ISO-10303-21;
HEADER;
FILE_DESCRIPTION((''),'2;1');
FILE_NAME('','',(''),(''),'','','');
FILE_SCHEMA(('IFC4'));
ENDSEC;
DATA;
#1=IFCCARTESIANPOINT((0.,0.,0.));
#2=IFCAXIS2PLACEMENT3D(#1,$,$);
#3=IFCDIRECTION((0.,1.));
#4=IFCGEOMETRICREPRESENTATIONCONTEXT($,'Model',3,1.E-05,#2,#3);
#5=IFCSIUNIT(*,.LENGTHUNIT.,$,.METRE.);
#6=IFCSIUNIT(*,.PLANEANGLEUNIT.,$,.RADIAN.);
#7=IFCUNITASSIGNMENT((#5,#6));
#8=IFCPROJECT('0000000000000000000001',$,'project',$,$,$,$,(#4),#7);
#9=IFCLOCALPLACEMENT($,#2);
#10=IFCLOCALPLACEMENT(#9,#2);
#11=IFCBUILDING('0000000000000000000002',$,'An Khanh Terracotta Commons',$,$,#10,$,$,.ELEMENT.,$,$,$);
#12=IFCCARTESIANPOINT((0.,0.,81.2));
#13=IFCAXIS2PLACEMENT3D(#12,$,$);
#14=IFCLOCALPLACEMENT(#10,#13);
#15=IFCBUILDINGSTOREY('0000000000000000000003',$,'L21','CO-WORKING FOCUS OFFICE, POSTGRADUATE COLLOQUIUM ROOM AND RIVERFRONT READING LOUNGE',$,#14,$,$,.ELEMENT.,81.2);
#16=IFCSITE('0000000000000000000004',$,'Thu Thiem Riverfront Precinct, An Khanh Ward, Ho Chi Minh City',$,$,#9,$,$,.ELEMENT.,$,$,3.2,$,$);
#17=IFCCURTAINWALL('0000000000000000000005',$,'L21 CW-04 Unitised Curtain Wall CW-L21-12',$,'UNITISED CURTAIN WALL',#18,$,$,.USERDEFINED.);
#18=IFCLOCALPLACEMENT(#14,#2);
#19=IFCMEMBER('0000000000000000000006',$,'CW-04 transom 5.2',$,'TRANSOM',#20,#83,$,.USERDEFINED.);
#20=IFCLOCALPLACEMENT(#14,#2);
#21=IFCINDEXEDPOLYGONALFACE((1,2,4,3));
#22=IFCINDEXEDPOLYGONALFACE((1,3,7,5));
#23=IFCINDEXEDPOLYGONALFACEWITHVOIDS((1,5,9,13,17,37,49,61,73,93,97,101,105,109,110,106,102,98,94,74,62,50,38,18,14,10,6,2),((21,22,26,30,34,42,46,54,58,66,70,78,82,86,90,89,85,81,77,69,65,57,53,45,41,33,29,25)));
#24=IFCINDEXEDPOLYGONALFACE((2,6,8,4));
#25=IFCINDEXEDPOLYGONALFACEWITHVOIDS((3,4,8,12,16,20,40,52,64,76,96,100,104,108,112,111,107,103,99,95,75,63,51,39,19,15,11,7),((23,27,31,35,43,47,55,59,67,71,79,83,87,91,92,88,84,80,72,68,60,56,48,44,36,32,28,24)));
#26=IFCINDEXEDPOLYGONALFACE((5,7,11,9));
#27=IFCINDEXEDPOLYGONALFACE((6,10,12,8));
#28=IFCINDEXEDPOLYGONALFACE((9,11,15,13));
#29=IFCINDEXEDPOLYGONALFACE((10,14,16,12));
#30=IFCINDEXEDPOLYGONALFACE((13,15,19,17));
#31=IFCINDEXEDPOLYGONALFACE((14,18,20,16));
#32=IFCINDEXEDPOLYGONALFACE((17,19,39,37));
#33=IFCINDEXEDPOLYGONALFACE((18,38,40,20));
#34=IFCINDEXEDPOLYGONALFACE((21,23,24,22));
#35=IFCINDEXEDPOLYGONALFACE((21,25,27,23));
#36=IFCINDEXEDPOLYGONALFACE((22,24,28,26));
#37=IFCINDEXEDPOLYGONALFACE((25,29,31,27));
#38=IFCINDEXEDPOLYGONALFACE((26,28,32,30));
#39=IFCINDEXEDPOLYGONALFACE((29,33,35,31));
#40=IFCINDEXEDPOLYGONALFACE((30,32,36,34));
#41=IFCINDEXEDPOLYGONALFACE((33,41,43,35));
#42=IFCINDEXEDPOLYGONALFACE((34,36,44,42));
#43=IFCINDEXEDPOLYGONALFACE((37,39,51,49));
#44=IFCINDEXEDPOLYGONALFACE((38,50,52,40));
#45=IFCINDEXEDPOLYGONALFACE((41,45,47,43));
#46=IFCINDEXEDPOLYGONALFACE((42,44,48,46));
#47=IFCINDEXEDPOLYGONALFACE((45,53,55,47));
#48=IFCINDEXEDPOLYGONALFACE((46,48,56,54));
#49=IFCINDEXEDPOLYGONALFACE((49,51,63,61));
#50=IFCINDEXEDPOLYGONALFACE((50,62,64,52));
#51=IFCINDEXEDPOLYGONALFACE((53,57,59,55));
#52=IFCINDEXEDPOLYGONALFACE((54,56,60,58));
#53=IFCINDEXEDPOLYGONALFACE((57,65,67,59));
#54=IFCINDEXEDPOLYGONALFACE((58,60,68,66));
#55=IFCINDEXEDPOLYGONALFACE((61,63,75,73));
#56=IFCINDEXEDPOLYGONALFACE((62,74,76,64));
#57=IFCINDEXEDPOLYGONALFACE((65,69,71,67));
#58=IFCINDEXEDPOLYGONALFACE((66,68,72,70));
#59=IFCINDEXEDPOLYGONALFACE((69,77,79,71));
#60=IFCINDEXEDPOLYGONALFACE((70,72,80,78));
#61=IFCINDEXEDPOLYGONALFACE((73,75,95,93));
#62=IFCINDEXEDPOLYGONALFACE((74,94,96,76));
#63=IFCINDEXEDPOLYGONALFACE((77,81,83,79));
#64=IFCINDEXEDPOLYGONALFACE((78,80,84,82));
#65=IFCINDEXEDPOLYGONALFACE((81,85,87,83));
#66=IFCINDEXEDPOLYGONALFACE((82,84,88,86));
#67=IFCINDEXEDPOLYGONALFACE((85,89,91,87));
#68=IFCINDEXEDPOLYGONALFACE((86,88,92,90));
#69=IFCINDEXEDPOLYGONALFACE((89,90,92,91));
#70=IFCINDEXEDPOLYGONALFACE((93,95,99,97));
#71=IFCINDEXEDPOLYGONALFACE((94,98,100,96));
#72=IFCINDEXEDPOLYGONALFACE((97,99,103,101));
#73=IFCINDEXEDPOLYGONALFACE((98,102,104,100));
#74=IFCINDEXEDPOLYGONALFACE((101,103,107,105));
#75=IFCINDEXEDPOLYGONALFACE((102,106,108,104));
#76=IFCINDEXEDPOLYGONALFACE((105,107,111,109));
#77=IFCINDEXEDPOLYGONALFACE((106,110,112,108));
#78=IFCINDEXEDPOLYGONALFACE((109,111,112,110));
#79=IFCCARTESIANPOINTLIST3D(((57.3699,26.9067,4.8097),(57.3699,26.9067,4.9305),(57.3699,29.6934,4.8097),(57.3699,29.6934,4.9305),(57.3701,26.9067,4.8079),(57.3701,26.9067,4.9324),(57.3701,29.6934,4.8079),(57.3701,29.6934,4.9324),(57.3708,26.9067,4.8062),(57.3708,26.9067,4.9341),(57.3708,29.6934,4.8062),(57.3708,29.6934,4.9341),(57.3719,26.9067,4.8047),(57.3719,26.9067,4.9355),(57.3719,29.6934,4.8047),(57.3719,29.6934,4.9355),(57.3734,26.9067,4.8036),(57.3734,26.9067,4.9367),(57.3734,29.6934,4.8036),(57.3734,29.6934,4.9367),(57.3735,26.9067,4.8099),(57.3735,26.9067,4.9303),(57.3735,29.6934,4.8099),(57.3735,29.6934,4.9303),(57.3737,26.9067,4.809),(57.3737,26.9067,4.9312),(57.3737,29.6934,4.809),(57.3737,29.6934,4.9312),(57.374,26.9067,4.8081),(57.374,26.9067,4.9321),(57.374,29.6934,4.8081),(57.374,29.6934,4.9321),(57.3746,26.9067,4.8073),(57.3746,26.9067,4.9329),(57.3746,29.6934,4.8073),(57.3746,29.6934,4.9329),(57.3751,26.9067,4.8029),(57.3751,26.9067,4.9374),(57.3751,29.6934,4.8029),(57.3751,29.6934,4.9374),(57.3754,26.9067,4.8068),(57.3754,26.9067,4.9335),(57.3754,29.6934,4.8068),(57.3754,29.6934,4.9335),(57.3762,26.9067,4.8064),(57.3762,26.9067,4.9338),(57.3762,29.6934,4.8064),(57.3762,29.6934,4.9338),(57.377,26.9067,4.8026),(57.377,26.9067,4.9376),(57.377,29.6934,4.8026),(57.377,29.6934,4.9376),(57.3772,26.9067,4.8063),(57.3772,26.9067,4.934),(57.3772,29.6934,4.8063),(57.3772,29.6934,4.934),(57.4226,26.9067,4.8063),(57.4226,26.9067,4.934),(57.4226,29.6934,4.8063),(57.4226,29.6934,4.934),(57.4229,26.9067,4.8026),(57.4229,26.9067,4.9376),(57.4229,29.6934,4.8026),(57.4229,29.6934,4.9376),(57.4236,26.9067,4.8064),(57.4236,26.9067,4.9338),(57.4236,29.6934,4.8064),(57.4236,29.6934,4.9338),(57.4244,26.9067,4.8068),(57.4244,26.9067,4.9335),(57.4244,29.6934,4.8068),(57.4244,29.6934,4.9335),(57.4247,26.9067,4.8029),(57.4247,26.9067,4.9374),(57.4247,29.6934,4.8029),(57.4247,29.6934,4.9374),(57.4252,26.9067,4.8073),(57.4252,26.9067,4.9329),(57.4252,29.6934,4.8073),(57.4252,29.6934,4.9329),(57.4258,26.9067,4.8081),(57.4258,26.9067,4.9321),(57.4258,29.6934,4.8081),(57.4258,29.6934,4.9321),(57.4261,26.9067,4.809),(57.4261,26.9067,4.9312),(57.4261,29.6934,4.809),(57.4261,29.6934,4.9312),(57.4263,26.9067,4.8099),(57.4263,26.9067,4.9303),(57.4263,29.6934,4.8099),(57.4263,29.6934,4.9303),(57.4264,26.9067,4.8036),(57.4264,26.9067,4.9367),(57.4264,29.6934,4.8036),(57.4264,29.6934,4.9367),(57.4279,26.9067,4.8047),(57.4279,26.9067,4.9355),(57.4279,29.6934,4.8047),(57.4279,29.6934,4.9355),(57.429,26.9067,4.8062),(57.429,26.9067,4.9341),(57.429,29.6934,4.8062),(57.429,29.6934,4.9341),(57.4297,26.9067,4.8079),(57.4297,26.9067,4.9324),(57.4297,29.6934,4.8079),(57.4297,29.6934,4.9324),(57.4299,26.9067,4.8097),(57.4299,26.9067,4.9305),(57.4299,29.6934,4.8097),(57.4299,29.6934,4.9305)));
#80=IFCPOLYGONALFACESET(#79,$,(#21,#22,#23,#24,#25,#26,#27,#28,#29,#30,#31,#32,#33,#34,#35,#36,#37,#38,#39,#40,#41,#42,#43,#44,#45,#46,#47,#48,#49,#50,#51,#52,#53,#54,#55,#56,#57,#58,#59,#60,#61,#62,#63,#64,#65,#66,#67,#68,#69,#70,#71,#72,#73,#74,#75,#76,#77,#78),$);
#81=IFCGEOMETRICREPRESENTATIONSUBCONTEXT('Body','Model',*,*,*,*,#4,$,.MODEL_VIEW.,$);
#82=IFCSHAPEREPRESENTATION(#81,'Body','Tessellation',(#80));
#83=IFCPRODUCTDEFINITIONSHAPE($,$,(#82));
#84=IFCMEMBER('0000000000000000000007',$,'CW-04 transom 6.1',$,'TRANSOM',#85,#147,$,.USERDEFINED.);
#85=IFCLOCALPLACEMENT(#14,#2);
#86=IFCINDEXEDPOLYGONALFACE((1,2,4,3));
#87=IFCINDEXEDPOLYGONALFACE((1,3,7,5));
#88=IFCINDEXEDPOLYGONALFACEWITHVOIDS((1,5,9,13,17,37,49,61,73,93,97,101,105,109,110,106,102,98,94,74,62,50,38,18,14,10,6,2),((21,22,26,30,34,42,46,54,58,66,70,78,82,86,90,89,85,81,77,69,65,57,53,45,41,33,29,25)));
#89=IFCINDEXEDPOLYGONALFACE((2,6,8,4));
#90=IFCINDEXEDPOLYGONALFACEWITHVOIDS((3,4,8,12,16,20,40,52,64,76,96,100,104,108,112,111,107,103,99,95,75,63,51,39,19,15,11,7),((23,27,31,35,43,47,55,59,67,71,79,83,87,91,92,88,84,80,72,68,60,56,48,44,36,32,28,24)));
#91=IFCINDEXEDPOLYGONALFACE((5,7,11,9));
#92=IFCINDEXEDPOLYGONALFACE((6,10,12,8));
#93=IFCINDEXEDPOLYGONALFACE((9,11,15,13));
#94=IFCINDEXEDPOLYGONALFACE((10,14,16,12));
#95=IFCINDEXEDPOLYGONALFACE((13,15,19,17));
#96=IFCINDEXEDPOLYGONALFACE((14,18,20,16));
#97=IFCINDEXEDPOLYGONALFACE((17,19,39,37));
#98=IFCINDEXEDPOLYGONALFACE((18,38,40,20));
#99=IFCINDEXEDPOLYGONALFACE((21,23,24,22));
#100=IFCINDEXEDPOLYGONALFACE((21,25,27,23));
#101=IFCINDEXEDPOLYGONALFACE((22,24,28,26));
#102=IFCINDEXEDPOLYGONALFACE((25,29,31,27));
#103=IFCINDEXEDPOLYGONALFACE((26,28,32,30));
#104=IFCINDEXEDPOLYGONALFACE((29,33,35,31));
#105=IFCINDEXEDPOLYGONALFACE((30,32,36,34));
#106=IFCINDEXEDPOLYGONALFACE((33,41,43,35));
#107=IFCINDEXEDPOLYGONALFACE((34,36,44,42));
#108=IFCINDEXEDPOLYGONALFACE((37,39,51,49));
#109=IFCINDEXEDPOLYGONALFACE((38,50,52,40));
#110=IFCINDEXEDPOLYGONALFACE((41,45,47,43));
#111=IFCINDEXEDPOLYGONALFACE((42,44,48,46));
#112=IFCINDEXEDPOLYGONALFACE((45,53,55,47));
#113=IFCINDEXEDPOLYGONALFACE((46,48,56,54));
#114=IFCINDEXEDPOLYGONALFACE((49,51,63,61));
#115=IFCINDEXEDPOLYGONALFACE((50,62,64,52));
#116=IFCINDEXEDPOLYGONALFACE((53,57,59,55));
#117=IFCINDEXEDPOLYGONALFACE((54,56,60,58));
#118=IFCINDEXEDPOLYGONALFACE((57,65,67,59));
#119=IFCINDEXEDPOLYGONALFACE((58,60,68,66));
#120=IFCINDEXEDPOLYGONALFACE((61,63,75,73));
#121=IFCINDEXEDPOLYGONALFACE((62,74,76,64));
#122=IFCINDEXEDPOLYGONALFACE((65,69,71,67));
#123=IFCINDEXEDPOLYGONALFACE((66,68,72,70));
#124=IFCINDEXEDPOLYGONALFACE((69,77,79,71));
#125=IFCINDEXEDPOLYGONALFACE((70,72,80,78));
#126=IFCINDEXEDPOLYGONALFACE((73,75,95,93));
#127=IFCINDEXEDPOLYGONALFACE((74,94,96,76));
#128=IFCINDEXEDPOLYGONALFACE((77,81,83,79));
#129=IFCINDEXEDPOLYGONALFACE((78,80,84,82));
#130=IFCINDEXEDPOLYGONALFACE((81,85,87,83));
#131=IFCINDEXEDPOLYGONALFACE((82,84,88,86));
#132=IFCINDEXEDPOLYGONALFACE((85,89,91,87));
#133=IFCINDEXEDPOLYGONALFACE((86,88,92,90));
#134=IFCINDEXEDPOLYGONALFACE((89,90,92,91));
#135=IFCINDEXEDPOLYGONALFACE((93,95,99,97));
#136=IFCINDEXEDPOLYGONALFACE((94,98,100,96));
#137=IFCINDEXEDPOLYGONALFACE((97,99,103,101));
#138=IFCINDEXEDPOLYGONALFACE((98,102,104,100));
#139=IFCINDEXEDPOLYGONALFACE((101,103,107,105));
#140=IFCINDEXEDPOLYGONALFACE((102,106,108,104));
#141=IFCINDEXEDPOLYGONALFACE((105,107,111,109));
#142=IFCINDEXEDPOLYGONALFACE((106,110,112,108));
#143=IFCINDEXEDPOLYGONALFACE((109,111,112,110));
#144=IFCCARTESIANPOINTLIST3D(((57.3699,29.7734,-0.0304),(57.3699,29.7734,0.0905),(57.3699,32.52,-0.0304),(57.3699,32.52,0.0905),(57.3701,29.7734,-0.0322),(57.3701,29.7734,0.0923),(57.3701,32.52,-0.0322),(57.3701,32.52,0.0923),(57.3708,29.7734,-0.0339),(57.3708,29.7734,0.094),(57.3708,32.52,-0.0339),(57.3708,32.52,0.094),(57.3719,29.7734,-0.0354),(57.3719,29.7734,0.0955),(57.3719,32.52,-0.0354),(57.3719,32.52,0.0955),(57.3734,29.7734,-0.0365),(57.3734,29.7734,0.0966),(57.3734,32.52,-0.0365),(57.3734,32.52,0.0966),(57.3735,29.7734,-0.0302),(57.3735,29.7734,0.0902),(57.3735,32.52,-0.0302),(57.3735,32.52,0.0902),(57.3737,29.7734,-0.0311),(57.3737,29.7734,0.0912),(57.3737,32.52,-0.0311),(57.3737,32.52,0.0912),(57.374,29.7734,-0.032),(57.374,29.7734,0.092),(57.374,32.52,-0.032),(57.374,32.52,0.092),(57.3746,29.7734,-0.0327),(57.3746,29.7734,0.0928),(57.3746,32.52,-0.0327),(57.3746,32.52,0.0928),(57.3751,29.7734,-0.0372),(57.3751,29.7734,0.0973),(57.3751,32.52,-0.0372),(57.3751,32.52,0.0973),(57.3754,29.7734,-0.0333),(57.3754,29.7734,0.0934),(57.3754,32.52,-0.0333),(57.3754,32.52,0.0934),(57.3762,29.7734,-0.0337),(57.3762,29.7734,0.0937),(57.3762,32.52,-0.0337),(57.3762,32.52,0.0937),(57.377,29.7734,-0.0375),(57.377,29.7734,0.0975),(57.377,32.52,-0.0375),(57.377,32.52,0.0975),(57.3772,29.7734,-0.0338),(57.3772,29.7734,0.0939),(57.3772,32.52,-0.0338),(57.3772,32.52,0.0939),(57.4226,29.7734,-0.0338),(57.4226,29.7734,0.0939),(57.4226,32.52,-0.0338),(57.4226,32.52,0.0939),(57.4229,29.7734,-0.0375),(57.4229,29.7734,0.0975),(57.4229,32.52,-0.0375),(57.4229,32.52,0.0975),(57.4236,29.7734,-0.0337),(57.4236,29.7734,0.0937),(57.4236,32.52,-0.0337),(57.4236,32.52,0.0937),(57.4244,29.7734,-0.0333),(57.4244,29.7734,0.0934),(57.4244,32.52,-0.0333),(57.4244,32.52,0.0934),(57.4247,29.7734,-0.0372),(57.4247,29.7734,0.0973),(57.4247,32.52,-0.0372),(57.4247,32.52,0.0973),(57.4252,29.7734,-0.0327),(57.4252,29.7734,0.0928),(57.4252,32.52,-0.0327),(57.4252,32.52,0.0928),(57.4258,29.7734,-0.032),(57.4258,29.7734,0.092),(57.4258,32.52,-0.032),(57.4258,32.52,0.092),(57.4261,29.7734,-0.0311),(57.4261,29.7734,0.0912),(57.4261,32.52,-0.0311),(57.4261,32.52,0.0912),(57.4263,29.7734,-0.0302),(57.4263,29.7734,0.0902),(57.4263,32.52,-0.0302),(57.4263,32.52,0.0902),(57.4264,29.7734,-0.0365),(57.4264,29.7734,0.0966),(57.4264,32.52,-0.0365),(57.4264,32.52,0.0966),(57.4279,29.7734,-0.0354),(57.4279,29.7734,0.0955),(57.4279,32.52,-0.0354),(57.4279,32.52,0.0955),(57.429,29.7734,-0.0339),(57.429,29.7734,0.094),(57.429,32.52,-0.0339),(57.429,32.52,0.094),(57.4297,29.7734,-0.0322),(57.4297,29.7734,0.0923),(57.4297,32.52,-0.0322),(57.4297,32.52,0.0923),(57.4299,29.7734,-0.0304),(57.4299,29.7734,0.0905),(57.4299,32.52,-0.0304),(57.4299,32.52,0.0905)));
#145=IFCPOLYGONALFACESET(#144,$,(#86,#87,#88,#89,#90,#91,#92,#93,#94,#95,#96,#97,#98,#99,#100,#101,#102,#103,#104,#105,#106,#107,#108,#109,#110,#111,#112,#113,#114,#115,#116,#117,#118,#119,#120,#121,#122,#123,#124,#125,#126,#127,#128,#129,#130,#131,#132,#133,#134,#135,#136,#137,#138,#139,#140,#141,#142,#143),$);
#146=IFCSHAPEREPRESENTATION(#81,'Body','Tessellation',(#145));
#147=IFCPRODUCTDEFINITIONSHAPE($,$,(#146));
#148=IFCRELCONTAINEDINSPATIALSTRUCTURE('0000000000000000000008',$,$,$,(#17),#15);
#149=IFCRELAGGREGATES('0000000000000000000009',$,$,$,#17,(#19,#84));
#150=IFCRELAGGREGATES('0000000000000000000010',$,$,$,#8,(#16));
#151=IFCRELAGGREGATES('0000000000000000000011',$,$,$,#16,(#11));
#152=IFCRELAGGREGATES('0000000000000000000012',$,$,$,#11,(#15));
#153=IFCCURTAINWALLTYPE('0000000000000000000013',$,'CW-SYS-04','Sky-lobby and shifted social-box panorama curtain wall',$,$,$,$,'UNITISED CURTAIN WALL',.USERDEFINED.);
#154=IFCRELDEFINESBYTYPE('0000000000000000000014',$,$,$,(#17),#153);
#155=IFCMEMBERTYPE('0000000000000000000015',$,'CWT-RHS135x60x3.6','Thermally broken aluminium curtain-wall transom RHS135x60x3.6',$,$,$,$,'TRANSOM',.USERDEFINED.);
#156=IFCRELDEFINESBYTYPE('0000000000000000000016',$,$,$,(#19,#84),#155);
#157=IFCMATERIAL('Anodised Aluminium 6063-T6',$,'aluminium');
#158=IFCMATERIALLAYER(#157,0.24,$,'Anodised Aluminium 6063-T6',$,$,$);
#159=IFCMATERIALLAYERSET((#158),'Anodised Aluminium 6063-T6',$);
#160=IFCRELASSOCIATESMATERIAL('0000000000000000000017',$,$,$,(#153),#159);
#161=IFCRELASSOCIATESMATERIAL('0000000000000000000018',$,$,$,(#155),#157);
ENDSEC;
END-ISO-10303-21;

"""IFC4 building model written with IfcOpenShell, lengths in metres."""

from ifc_helpers import new_model, si_unit, direction, frame, origin, origin_2d, place, context, subcontext, project, spatial, hollow_rectangle, extrude, material, layer, layer_set, material_profile, profile_set, type_object, element, aggregate, save


model = new_model("IFC4")

# Units and contexts
model_context = context("Model", 3, precision=1e-05, world=origin(), true_north=direction((0.0, 1.0)))
body_context = subcontext(model_context, "Body", "Model", "MODEL_VIEW")
ifc_project = project(units=[si_unit("LENGTHUNIT", "METRE"), si_unit("PLANEANGLEUNIT", "RADIAN")], contexts=[model_context])

# Site, building, storey
site_placement = place(None, origin())
site = spatial("IfcSite", under=ifc_project, at=site_placement, Name="Thu Thiem Riverfront Precinct, An Khanh Ward, Ho Chi Minh City", CompositionType="ELEMENT", RefElevation=3.2)
building_placement = place(site_placement, origin())
building = spatial("IfcBuilding", under=site, at=building_placement, Name="An Khanh Terracotta Commons", CompositionType="ELEMENT")
storey_placement = place(building_placement, frame((0.0, 0.0, 81.2)))
storey = spatial("IfcBuildingStorey", under=building, at=storey_placement, Name="L21", Description="CO-WORKING FOCUS OFFICE, POSTGRADUATE COLLOQUIUM ROOM AND RIVERFRONT READING LOUNGE", CompositionType="ELEMENT", Elevation=81.2)

# Curtain wall
ifc_material_1 = material(Name="Anodised Aluminium 6063-T6", Category="aluminium")
ifc_layer_1 = layer(ifc_material_1, 0.24, Name="Anodised Aluminium 6063-T6")
ifc_layer_set_1 = layer_set([ifc_layer_1], Name="Anodised Aluminium 6063-T6")
curtain_wall_type = type_object("IfcCurtainWallType", Name="CW-SYS-04", Description="Sky-lobby and shifted social-box panorama curtain wall", ElementType="UNITISED CURTAIN WALL", PredefinedType="USERDEFINED", material=ifc_layer_set_1)
curtain_wall_1_placement = place(storey_placement, origin())
curtain_wall_1 = element("IfcCurtainWall", 1, at=curtain_wall_1_placement, inside=storey, type_object=curtain_wall_type, Name="L21 CW-04 Unitised Curtain Wall CW-L21-12", ObjectType="UNITISED CURTAIN WALL", PredefinedType="USERDEFINED")

# Members
ifc_material_profile_1 = material_profile(ifc_material_1, hollow_rectangle(XDim=0.0601, YDim=0.135, WallThickness=0.0037, InnerFilletRadius=0.0037, OuterFilletRadius=0.0071, at=origin_2d()), Name="RHS135x60x3.6")
ifc_profile_set_1 = profile_set([ifc_material_profile_1], Name="Anodised Aluminium 6063-T6")
member_type_1 = type_object("IfcMemberType", Name="CWT-RHS135x60x3.6", Description="Thermally broken aluminium curtain-wall transom RHS135x60x3.6", ElementType="TRANSOM", PredefinedType="USERDEFINED", material=ifc_profile_set_1)
member_1_placement = place(storey_placement, frame((57.3999, 26.9067, 4.8701), z_axis=(0.0, 1.0, 0.0), x_axis=(-1.0, 0.0, 0.0)))
member_1 = element("IfcMember", 2, at=member_1_placement, type_object=member_type_1, Name="CW-04 transom 5.2", ObjectType="TRANSOM", PredefinedType="USERDEFINED", context=body_context, shape_type="SweptSolid", body=[
    extrude(hollow_rectangle(XDim=0.0601, YDim=0.135, WallThickness=0.0037, InnerFilletRadius=0.0037, OuterFilletRadius=0.0071, at=origin_2d()), origin(), (0.0, 0.0, 1.0), 2.7866),
])
member_2_placement = place(storey_placement, frame((57.3999, 29.7734, 0.03), z_axis=(0.0, 1.0, 0.0), x_axis=(-1.0, 0.0, 0.0)))
member_2 = element("IfcMember", 3, at=member_2_placement, type_object=member_type_1, Name="CW-04 transom 6.1", ObjectType="TRANSOM", PredefinedType="USERDEFINED", context=body_context, shape_type="SweptSolid", body=[
    extrude(hollow_rectangle(XDim=0.0601, YDim=0.135, WallThickness=0.0037, InnerFilletRadius=0.0037, OuterFilletRadius=0.0071, at=origin_2d()), origin(), (0.0, 0.0, 1.0), 2.7466),
])

aggregate(curtain_wall_1, [member_1, member_2])

save(model, "model.ifc")
